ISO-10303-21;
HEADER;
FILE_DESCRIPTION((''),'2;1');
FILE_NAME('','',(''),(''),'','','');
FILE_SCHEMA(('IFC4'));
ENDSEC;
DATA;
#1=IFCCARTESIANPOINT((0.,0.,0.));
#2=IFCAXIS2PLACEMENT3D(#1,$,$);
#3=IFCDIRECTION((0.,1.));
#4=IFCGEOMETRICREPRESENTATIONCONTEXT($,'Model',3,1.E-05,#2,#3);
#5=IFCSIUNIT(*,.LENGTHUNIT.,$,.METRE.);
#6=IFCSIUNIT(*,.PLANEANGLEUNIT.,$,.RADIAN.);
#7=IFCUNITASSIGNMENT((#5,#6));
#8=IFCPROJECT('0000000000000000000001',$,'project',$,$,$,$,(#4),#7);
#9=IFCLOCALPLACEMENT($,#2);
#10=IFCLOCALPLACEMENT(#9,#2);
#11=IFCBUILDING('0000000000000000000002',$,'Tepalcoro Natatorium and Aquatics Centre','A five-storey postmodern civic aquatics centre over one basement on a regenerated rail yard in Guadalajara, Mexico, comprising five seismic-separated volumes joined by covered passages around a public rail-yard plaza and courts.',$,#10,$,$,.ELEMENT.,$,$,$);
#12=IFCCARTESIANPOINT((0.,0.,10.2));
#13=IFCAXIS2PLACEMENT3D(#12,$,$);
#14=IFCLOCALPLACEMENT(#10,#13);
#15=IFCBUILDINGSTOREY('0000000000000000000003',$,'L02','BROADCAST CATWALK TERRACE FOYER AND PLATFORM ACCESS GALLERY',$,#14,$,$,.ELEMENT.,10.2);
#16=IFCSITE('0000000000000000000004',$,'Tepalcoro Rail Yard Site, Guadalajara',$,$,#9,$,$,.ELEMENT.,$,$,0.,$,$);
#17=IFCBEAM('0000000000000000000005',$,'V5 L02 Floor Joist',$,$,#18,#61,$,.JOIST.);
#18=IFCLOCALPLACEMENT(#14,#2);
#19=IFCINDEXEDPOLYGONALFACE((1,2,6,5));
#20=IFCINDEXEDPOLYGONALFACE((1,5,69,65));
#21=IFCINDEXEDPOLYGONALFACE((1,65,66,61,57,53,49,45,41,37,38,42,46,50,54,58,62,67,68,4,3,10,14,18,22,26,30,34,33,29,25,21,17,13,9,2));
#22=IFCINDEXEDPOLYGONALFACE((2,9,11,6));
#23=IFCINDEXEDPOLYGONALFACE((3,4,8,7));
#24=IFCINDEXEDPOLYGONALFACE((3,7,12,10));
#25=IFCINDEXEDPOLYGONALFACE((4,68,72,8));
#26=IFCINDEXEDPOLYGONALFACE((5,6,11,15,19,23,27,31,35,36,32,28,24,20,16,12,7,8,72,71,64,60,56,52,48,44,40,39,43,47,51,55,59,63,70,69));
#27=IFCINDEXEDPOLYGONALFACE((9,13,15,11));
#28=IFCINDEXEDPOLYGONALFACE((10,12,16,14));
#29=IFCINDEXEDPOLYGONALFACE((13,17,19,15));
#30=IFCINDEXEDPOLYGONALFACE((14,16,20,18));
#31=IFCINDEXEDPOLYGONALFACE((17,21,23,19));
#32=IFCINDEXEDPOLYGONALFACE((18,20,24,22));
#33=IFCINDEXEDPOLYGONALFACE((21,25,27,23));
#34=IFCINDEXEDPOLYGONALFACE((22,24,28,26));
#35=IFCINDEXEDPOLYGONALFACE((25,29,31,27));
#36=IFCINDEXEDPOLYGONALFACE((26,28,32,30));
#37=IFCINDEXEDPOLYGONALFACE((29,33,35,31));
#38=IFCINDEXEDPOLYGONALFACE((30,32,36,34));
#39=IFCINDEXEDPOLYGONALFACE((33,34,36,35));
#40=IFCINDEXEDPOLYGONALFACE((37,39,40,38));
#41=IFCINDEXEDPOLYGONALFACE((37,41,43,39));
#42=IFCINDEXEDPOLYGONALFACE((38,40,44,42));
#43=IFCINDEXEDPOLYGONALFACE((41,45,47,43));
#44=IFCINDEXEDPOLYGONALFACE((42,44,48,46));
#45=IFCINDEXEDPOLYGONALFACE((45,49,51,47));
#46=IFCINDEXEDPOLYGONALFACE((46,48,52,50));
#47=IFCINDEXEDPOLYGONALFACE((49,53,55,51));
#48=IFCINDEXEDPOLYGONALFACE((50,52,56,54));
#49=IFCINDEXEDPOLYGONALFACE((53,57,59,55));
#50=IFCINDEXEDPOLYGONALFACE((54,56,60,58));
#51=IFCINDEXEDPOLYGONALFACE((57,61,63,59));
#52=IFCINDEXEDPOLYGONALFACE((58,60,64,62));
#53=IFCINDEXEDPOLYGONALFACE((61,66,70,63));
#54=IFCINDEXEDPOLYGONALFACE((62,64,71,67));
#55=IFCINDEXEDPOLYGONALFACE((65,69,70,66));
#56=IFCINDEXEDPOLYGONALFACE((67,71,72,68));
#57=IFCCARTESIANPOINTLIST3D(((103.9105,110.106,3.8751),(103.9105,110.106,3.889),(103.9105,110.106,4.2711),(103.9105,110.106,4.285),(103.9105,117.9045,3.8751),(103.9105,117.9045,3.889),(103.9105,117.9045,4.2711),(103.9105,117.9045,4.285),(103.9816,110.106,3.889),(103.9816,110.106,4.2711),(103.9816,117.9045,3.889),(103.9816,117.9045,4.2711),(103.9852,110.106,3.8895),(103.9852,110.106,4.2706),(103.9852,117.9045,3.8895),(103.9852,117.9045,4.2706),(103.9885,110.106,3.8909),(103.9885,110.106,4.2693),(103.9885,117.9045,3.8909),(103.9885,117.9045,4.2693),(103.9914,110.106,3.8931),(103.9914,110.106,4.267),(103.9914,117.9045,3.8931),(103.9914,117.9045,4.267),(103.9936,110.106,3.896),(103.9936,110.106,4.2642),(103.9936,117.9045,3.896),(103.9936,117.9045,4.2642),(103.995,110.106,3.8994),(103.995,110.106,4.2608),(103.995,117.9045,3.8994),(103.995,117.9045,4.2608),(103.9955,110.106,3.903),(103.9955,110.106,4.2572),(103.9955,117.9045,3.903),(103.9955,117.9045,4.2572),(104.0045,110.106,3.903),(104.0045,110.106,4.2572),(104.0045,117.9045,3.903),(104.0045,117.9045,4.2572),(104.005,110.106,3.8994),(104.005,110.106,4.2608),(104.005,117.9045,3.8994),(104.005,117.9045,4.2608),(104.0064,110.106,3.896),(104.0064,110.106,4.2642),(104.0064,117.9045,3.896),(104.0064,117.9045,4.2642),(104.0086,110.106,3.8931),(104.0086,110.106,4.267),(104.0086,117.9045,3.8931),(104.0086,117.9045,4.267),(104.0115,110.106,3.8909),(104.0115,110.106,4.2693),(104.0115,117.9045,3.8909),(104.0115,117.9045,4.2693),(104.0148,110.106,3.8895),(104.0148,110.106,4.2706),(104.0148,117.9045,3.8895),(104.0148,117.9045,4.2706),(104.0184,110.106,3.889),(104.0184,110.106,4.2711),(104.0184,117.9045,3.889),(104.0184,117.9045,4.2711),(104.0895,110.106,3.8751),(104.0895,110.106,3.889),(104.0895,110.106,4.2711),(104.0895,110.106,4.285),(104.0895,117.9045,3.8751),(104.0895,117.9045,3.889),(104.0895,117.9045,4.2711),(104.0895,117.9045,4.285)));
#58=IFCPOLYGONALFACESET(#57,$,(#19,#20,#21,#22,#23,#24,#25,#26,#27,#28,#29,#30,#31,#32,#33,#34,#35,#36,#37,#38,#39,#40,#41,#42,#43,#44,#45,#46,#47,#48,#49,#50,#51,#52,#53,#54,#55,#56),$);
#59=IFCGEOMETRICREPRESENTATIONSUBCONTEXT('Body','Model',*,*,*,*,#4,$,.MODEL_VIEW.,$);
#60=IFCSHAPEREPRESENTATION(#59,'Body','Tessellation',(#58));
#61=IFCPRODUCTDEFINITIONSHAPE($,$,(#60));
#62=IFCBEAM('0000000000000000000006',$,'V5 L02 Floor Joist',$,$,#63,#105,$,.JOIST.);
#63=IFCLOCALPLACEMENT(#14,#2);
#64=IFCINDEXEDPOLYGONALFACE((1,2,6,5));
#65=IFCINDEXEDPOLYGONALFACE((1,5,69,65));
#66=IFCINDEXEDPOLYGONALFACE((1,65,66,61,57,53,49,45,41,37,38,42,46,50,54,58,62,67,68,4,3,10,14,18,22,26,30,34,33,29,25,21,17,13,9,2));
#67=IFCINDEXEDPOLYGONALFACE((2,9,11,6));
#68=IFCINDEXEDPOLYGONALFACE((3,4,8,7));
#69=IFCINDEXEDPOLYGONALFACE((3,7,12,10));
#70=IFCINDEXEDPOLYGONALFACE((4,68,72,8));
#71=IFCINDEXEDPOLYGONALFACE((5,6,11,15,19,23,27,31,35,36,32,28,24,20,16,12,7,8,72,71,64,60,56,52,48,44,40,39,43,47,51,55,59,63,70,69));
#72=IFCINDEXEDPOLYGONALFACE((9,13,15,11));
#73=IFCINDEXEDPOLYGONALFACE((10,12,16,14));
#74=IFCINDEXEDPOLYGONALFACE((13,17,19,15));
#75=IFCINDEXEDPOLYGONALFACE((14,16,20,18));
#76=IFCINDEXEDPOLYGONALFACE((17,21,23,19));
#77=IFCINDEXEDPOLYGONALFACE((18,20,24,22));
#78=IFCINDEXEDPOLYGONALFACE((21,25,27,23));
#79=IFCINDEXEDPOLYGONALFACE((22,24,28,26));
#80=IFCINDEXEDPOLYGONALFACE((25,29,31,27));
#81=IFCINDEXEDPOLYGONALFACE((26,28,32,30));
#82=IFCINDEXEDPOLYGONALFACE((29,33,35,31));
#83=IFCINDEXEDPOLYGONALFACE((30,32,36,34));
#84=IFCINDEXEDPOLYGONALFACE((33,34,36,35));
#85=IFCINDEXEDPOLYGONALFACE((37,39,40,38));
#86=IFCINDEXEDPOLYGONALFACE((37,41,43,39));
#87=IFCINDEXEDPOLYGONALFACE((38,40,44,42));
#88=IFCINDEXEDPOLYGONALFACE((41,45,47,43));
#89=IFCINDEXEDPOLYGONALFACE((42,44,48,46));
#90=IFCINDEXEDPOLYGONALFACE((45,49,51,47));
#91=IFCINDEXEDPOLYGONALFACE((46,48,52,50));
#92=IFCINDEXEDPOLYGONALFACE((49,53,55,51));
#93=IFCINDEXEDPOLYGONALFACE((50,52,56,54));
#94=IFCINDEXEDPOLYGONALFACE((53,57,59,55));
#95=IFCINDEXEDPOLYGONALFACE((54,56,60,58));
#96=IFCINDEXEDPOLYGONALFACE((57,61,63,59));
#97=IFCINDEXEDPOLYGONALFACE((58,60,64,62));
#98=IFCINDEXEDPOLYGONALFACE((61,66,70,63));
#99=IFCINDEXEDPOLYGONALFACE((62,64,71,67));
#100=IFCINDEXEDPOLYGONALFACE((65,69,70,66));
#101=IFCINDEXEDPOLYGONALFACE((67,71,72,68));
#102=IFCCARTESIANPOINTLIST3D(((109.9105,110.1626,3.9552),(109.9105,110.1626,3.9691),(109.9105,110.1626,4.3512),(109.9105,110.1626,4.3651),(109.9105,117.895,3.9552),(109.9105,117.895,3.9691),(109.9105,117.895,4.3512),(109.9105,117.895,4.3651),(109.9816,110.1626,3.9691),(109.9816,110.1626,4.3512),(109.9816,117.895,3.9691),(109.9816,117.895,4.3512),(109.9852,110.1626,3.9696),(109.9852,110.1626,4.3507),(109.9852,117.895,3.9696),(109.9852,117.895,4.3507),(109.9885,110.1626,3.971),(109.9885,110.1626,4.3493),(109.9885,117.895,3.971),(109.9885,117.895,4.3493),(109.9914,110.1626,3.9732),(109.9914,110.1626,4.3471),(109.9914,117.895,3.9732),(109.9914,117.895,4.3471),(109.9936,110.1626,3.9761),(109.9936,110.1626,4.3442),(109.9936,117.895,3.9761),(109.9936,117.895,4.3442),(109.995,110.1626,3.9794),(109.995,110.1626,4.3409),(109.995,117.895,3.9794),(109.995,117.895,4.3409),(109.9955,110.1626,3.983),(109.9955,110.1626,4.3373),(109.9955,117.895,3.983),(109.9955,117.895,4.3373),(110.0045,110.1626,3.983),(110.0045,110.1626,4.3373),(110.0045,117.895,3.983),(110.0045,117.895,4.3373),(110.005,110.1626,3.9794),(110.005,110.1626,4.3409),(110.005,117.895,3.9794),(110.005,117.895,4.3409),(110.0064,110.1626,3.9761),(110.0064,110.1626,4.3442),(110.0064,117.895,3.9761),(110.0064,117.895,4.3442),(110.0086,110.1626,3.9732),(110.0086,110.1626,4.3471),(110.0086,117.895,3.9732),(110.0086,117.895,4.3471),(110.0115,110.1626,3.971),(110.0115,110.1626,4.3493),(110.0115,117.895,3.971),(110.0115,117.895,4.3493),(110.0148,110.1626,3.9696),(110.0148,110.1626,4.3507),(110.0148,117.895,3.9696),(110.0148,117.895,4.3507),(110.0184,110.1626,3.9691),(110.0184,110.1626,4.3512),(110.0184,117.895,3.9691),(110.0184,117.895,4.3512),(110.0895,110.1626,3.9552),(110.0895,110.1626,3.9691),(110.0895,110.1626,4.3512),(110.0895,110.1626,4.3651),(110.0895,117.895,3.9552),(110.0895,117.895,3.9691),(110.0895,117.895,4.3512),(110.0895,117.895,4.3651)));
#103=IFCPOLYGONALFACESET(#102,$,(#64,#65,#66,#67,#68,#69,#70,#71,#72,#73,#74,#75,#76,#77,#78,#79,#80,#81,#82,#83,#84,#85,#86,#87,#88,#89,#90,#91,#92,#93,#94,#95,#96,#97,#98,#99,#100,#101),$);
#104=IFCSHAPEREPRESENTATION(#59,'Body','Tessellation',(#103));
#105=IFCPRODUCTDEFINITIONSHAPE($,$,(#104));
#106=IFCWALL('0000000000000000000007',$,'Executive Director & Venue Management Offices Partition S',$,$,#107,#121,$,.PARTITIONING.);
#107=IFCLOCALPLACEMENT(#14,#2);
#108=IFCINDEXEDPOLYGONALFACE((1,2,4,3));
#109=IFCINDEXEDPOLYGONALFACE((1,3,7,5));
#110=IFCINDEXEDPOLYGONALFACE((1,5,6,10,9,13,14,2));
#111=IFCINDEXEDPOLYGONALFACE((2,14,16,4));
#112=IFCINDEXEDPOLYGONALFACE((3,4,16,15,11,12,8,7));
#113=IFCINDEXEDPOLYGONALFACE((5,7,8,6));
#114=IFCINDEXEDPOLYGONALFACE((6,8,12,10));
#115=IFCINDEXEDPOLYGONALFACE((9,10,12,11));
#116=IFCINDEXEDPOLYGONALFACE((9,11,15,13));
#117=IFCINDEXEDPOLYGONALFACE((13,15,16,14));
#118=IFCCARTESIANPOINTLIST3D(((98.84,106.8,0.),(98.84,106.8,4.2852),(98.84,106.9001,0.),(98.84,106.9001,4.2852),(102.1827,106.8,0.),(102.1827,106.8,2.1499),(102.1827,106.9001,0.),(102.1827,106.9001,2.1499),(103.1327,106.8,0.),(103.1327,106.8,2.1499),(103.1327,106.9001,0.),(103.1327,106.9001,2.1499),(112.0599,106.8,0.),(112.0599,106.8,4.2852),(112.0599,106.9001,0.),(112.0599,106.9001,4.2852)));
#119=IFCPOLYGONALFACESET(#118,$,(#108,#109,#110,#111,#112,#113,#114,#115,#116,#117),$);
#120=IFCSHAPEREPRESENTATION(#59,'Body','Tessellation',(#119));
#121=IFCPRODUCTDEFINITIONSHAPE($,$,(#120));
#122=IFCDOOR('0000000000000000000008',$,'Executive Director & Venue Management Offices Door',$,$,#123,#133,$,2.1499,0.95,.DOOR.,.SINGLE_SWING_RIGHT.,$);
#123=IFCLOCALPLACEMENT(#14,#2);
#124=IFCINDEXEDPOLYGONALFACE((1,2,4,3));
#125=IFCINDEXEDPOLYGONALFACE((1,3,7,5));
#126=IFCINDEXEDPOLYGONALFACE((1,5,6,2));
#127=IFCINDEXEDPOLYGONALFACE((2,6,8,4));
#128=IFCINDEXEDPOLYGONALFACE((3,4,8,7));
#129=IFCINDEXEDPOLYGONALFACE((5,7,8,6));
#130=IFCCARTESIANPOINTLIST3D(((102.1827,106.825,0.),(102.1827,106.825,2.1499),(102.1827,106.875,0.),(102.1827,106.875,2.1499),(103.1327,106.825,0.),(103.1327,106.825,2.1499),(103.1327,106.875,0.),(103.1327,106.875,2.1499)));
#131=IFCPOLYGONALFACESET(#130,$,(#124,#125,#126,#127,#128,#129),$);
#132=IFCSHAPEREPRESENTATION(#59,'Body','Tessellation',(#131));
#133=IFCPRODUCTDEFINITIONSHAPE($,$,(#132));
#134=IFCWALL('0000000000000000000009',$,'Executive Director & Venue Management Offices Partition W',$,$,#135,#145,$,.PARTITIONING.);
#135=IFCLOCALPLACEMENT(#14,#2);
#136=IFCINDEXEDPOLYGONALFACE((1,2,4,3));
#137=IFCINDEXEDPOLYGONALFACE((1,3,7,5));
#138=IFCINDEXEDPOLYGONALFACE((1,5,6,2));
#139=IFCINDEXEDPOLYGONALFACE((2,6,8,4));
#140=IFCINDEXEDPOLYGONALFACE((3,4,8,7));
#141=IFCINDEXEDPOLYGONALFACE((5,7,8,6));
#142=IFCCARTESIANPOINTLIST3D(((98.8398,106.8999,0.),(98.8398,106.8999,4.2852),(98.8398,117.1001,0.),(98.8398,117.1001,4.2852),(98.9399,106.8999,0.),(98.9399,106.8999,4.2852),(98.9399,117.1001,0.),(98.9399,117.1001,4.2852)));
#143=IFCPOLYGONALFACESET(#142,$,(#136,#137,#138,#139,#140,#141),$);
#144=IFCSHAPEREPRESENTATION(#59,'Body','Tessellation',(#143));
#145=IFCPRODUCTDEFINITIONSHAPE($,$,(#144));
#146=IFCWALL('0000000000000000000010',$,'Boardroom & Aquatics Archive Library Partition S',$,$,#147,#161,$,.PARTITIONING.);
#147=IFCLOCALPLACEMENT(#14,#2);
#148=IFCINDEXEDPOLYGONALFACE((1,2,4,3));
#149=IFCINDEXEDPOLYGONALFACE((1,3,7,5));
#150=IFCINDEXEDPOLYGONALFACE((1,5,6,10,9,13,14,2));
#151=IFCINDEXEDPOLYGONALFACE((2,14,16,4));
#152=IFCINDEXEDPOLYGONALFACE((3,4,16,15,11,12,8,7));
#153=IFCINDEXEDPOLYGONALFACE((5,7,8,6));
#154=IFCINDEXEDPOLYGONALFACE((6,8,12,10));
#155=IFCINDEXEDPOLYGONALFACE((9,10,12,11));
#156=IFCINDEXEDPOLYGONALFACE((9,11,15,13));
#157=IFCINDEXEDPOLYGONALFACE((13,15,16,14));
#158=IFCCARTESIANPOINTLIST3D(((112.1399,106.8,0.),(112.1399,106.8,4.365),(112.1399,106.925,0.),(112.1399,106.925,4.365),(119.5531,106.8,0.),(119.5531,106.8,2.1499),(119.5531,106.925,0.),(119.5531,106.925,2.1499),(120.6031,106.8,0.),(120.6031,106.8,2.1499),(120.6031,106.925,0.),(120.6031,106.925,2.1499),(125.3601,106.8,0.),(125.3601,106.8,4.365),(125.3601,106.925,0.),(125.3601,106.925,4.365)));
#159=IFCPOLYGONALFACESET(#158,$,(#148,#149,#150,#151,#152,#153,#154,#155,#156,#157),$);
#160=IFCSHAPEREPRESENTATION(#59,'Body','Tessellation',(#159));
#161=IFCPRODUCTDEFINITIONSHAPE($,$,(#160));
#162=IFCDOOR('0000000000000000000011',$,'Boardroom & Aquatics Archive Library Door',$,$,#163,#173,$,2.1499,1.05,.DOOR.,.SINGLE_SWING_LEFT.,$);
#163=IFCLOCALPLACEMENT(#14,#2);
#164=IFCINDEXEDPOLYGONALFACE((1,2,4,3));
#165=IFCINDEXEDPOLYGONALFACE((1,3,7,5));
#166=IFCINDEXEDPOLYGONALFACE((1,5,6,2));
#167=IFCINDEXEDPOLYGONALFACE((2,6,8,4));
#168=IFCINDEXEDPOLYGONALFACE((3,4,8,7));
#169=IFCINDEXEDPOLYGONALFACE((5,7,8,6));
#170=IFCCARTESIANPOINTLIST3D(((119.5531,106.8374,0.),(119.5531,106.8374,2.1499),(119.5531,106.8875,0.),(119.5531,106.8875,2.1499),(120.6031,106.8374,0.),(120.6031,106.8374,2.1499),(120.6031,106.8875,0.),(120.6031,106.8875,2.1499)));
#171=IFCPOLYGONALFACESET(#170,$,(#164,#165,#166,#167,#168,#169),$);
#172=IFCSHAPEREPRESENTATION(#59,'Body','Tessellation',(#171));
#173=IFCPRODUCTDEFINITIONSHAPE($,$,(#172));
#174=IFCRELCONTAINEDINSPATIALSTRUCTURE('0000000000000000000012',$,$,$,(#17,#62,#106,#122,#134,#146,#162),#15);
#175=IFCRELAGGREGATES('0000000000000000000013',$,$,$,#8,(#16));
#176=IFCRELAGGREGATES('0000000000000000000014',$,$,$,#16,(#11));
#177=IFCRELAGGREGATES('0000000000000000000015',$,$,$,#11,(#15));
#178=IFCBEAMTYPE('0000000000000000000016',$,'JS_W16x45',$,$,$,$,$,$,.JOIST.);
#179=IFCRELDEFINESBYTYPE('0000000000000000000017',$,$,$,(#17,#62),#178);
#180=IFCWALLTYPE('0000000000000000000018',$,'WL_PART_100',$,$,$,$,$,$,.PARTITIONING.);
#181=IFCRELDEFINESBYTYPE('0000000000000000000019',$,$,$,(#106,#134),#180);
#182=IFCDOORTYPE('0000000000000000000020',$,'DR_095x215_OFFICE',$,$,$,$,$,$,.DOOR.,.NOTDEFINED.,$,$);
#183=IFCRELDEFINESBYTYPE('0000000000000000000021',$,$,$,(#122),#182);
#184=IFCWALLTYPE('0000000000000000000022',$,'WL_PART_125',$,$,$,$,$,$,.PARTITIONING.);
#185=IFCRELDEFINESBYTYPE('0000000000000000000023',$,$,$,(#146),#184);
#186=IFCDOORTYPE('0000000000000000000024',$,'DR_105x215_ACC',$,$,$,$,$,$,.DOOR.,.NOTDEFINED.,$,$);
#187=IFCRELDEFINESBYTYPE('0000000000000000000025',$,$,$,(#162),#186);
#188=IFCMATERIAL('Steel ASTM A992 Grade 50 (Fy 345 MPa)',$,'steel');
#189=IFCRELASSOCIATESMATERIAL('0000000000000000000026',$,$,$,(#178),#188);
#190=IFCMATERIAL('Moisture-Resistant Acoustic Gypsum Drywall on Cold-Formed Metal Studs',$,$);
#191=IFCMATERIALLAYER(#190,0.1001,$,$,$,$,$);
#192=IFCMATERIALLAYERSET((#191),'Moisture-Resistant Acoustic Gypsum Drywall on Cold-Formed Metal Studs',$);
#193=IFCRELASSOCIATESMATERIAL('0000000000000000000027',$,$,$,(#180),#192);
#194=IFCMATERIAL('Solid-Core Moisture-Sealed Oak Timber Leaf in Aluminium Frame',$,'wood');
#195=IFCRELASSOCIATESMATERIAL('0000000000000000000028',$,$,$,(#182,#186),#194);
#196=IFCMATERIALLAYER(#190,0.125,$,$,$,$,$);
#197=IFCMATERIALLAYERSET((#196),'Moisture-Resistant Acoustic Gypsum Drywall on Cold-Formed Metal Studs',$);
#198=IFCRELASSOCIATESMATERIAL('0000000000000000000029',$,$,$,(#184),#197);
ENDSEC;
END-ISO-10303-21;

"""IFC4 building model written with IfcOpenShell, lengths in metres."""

from ifc_helpers import new_model, si_unit, direction, frame, frame_2d, origin, origin_2d, place, context, subcontext, project, spatial, rectangle, i_section, extrude, material, layer, layer_set, material_profile, profile_set, type_object, element, fill, save


model = new_model("IFC4")

# Units and contexts
model_context = context("Model", 3, precision=1e-05, world=origin(), true_north=direction((0.0, 1.0)))
body_context = subcontext(model_context, "Body", "Model", "MODEL_VIEW")
ifc_project = project(units=[si_unit("LENGTHUNIT", "METRE"), si_unit("PLANEANGLEUNIT", "RADIAN")], contexts=[model_context])

# Site, building, storey
site_placement = place(None, origin())
site = spatial("IfcSite", under=ifc_project, at=site_placement, Name="Tepalcoro Rail Yard Site, Guadalajara", CompositionType="ELEMENT", RefElevation=0.0)
building_placement = place(site_placement, origin())
building = spatial("IfcBuilding", under=site, at=building_placement, Name="Tepalcoro Natatorium and Aquatics Centre", Description="A five-storey postmodern civic aquatics centre over one basement on a regenerated rail yard in Guadalajara, Mexico, comprising five seismic-separated volumes joined by covered passages around a public rail-yard plaza and courts.", CompositionType="ELEMENT")
storey_placement = place(building_placement, frame((0.0, 0.0, 10.2)))
storey = spatial("IfcBuildingStorey", under=building, at=storey_placement, Name="L02", Description="BROADCAST CATWALK TERRACE FOYER AND PLATFORM ACCESS GALLERY", CompositionType="ELEMENT", Elevation=10.2)

# Beams
ifc_material_1 = material(Name="Steel ASTM A992 Grade 50 (Fy 345 MPa)", Category="steel")
ifc_material_profile_1 = material_profile(ifc_material_1, i_section(OverallWidth=0.179, OverallDepth=0.4099, WebThickness=0.009, FlangeThickness=0.0139, FilletRadius=0.0139, at=origin_2d()), Name="W16X45")
ifc_profile_set_1 = profile_set([ifc_material_profile_1], Name="Steel ASTM A992 Grade 50 (Fy 345 MPa)")
beam_type_1 = type_object("IfcBeamType", Name="JS_W16x45", PredefinedType="JOIST", material=ifc_profile_set_1)
beam_1_placement = place(storey_placement, frame((104.0, 110.106, 4.0801), z_axis=(0.0, 1.0, 0.0), x_axis=(-1.0, 0.0, 0.0)))
element("IfcBeam", 1, at=beam_1_placement, inside=storey, type_object=beam_type_1, Name="V5 L02 Floor Joist", PredefinedType="JOIST", context=body_context, shape_type="SweptSolid", body=[
    extrude(i_section(OverallWidth=0.179, OverallDepth=0.4099, WebThickness=0.009, FlangeThickness=0.0139, FilletRadius=0.0139, at=origin_2d()), origin(), (0.0, 0.0, 1.0), 7.7986),
])
beam_2_placement = place(storey_placement, frame((110.0, 110.1626, 4.1602), z_axis=(0.0, 1.0, 0.0), x_axis=(-1.0, 0.0, 0.0)))
element("IfcBeam", 2, at=beam_2_placement, inside=storey, type_object=beam_type_1, Name="V5 L02 Floor Joist", PredefinedType="JOIST", context=body_context, shape_type="SweptSolid", body=[
    extrude(i_section(OverallWidth=0.179, OverallDepth=0.4099, WebThickness=0.009, FlangeThickness=0.0139, FilletRadius=0.0139, at=origin_2d()), origin(), (0.0, 0.0, 1.0), 7.7324),
])

# Wall, opening, door
ifc_material_2 = material(Name="Moisture-Resistant Acoustic Gypsum Drywall on Cold-Formed Metal Studs")
ifc_layer_1 = layer(ifc_material_2, 0.1001)
ifc_layer_set_1 = layer_set([ifc_layer_1], Name="Moisture-Resistant Acoustic Gypsum Drywall on Cold-Formed Metal Studs")
wall_type_1 = type_object("IfcWallType", Name="WL_PART_100", PredefinedType="PARTITIONING", material=ifc_layer_set_1)
wall_1_placement = place(storey_placement, frame((98.8401, 106.8501, 0.0), z_axis=(0.0, 0.0, 1.0), x_axis=(1.0, 0.0, 0.0)))
wall_1 = element("IfcWall", 3, at=wall_1_placement, inside=storey, type_object=wall_type_1, Name="Executive Director & Venue Management Offices Partition S", PredefinedType="PARTITIONING", context=body_context, shape_type="SweptSolid", body=[
    extrude(rectangle(XDim=13.22, YDim=0.1001, at=frame_2d((6.6099, 0.0))), origin(), (0.0, 0.0, 1.0), 4.2852),
])
opening_1_placement = place(wall_1_placement, frame((3.3425, 0.0, 0.0)))
opening_1 = element("IfcOpeningElement", 4, at=opening_1_placement, cuts=wall_1, PredefinedType="OPENING", context=body_context, shape_type="SweptSolid", body=[
    extrude(rectangle(XDim=0.95, YDim=2.1499, at=frame_2d((0.4751, 1.075))), frame((0.0, 0.062, 0.0), z_axis=(0.0, -1.0, 0.0), x_axis=(1.0, 0.0, 0.0)), (0.0, 0.0, 1.0), 0.124),
])
ifc_material_3 = material(Name="Solid-Core Moisture-Sealed Oak Timber Leaf in Aluminium Frame", Category="wood")
door_type_1 = type_object("IfcDoorType", Name="DR_095x215_OFFICE", OperationType="NOTDEFINED", PredefinedType="DOOR", material=ifc_material_3)
door_1_placement = place(opening_1_placement, origin())
door_1 = element("IfcDoor", 5, at=door_1_placement, inside=storey, type_object=door_type_1, Name="Executive Director & Venue Management Offices Door", OperationType="SINGLE_SWING_RIGHT", OverallHeight=2.1499, OverallWidth=0.95, PredefinedType="DOOR", context=body_context, shape_type="SweptSolid", body=[
    extrude(rectangle(XDim=0.95, YDim=2.1499, at=frame_2d((0.4751, 1.075))), frame((0.0, 0.0249, 0.0), z_axis=(0.0, -1.0, 0.0), x_axis=(1.0, 0.0, 0.0)), (0.0, 0.0, 1.0), 0.05),
])
fill(opening_1, door_1)

# Wall
wall_2_placement = place(storey_placement, frame((98.8899, 106.8999, 0.0), z_axis=(0.0, 0.0, 1.0), x_axis=(0.0, 1.0, 0.0)))
element("IfcWall", 6, at=wall_2_placement, inside=storey, type_object=wall_type_1, Name="Executive Director & Venue Management Offices Partition W", PredefinedType="PARTITIONING", context=body_context, shape_type="SweptSolid", body=[
    extrude(rectangle(XDim=10.2002, YDim=0.1001, at=frame_2d((5.1001, 0.0))), origin(), (0.0, 0.0, 1.0), 4.2852),
])

# Wall, opening, door
ifc_layer_2 = layer(ifc_material_2, 0.125)
ifc_layer_set_2 = layer_set([ifc_layer_2], Name="Moisture-Resistant Acoustic Gypsum Drywall on Cold-Formed Metal Studs")
wall_type_2 = type_object("IfcWallType", Name="WL_PART_125", PredefinedType="PARTITIONING", material=ifc_layer_set_2)
wall_3_placement = place(storey_placement, frame((112.1399, 106.8625, 0.0), z_axis=(0.0, 0.0, 1.0), x_axis=(1.0, 0.0, 0.0)))
wall_3 = element("IfcWall", 7, at=wall_3_placement, inside=storey, type_object=wall_type_2, Name="Boardroom & Aquatics Archive Library Partition S", PredefinedType="PARTITIONING", context=body_context, shape_type="SweptSolid", body=[
    extrude(rectangle(XDim=13.2202, YDim=0.125, at=frame_2d((6.6101, 0.0))), origin(), (0.0, 0.0, 1.0), 4.365),
])
opening_2_placement = place(wall_3_placement, frame((7.4133, 0.0, 0.0)))
opening_2 = element("IfcOpeningElement", 8, at=opening_2_placement, cuts=wall_3, PredefinedType="OPENING", context=body_context, shape_type="SweptSolid", body=[
    extrude(rectangle(XDim=1.05, YDim=2.1499, at=frame_2d((0.5249, 1.075))), frame((0.0, 0.0745, 0.0), z_axis=(0.0, -1.0, 0.0), x_axis=(1.0, 0.0, 0.0)), (0.0, 0.0, 1.0), 0.1489),
])
door_type_2 = type_object("IfcDoorType", Name="DR_105x215_ACC", OperationType="NOTDEFINED", PredefinedType="DOOR", material=ifc_material_3)
door_2_placement = place(opening_2_placement, origin())
door_2 = element("IfcDoor", 9, at=door_2_placement, inside=storey, type_object=door_type_2, Name="Boardroom & Aquatics Archive Library Door", OperationType="SINGLE_SWING_LEFT", OverallHeight=2.1499, OverallWidth=1.05, PredefinedType="DOOR", context=body_context, shape_type="SweptSolid", body=[
    extrude(rectangle(XDim=1.05, YDim=2.1499, at=frame_2d((0.5249, 1.075))), frame((0.0, 0.0249, 0.0), z_axis=(0.0, -1.0, 0.0), x_axis=(1.0, 0.0, 0.0)), (0.0, 0.0, 1.0), 0.05),
])
fill(opening_2, door_2)

save(model, "model.ifc")
